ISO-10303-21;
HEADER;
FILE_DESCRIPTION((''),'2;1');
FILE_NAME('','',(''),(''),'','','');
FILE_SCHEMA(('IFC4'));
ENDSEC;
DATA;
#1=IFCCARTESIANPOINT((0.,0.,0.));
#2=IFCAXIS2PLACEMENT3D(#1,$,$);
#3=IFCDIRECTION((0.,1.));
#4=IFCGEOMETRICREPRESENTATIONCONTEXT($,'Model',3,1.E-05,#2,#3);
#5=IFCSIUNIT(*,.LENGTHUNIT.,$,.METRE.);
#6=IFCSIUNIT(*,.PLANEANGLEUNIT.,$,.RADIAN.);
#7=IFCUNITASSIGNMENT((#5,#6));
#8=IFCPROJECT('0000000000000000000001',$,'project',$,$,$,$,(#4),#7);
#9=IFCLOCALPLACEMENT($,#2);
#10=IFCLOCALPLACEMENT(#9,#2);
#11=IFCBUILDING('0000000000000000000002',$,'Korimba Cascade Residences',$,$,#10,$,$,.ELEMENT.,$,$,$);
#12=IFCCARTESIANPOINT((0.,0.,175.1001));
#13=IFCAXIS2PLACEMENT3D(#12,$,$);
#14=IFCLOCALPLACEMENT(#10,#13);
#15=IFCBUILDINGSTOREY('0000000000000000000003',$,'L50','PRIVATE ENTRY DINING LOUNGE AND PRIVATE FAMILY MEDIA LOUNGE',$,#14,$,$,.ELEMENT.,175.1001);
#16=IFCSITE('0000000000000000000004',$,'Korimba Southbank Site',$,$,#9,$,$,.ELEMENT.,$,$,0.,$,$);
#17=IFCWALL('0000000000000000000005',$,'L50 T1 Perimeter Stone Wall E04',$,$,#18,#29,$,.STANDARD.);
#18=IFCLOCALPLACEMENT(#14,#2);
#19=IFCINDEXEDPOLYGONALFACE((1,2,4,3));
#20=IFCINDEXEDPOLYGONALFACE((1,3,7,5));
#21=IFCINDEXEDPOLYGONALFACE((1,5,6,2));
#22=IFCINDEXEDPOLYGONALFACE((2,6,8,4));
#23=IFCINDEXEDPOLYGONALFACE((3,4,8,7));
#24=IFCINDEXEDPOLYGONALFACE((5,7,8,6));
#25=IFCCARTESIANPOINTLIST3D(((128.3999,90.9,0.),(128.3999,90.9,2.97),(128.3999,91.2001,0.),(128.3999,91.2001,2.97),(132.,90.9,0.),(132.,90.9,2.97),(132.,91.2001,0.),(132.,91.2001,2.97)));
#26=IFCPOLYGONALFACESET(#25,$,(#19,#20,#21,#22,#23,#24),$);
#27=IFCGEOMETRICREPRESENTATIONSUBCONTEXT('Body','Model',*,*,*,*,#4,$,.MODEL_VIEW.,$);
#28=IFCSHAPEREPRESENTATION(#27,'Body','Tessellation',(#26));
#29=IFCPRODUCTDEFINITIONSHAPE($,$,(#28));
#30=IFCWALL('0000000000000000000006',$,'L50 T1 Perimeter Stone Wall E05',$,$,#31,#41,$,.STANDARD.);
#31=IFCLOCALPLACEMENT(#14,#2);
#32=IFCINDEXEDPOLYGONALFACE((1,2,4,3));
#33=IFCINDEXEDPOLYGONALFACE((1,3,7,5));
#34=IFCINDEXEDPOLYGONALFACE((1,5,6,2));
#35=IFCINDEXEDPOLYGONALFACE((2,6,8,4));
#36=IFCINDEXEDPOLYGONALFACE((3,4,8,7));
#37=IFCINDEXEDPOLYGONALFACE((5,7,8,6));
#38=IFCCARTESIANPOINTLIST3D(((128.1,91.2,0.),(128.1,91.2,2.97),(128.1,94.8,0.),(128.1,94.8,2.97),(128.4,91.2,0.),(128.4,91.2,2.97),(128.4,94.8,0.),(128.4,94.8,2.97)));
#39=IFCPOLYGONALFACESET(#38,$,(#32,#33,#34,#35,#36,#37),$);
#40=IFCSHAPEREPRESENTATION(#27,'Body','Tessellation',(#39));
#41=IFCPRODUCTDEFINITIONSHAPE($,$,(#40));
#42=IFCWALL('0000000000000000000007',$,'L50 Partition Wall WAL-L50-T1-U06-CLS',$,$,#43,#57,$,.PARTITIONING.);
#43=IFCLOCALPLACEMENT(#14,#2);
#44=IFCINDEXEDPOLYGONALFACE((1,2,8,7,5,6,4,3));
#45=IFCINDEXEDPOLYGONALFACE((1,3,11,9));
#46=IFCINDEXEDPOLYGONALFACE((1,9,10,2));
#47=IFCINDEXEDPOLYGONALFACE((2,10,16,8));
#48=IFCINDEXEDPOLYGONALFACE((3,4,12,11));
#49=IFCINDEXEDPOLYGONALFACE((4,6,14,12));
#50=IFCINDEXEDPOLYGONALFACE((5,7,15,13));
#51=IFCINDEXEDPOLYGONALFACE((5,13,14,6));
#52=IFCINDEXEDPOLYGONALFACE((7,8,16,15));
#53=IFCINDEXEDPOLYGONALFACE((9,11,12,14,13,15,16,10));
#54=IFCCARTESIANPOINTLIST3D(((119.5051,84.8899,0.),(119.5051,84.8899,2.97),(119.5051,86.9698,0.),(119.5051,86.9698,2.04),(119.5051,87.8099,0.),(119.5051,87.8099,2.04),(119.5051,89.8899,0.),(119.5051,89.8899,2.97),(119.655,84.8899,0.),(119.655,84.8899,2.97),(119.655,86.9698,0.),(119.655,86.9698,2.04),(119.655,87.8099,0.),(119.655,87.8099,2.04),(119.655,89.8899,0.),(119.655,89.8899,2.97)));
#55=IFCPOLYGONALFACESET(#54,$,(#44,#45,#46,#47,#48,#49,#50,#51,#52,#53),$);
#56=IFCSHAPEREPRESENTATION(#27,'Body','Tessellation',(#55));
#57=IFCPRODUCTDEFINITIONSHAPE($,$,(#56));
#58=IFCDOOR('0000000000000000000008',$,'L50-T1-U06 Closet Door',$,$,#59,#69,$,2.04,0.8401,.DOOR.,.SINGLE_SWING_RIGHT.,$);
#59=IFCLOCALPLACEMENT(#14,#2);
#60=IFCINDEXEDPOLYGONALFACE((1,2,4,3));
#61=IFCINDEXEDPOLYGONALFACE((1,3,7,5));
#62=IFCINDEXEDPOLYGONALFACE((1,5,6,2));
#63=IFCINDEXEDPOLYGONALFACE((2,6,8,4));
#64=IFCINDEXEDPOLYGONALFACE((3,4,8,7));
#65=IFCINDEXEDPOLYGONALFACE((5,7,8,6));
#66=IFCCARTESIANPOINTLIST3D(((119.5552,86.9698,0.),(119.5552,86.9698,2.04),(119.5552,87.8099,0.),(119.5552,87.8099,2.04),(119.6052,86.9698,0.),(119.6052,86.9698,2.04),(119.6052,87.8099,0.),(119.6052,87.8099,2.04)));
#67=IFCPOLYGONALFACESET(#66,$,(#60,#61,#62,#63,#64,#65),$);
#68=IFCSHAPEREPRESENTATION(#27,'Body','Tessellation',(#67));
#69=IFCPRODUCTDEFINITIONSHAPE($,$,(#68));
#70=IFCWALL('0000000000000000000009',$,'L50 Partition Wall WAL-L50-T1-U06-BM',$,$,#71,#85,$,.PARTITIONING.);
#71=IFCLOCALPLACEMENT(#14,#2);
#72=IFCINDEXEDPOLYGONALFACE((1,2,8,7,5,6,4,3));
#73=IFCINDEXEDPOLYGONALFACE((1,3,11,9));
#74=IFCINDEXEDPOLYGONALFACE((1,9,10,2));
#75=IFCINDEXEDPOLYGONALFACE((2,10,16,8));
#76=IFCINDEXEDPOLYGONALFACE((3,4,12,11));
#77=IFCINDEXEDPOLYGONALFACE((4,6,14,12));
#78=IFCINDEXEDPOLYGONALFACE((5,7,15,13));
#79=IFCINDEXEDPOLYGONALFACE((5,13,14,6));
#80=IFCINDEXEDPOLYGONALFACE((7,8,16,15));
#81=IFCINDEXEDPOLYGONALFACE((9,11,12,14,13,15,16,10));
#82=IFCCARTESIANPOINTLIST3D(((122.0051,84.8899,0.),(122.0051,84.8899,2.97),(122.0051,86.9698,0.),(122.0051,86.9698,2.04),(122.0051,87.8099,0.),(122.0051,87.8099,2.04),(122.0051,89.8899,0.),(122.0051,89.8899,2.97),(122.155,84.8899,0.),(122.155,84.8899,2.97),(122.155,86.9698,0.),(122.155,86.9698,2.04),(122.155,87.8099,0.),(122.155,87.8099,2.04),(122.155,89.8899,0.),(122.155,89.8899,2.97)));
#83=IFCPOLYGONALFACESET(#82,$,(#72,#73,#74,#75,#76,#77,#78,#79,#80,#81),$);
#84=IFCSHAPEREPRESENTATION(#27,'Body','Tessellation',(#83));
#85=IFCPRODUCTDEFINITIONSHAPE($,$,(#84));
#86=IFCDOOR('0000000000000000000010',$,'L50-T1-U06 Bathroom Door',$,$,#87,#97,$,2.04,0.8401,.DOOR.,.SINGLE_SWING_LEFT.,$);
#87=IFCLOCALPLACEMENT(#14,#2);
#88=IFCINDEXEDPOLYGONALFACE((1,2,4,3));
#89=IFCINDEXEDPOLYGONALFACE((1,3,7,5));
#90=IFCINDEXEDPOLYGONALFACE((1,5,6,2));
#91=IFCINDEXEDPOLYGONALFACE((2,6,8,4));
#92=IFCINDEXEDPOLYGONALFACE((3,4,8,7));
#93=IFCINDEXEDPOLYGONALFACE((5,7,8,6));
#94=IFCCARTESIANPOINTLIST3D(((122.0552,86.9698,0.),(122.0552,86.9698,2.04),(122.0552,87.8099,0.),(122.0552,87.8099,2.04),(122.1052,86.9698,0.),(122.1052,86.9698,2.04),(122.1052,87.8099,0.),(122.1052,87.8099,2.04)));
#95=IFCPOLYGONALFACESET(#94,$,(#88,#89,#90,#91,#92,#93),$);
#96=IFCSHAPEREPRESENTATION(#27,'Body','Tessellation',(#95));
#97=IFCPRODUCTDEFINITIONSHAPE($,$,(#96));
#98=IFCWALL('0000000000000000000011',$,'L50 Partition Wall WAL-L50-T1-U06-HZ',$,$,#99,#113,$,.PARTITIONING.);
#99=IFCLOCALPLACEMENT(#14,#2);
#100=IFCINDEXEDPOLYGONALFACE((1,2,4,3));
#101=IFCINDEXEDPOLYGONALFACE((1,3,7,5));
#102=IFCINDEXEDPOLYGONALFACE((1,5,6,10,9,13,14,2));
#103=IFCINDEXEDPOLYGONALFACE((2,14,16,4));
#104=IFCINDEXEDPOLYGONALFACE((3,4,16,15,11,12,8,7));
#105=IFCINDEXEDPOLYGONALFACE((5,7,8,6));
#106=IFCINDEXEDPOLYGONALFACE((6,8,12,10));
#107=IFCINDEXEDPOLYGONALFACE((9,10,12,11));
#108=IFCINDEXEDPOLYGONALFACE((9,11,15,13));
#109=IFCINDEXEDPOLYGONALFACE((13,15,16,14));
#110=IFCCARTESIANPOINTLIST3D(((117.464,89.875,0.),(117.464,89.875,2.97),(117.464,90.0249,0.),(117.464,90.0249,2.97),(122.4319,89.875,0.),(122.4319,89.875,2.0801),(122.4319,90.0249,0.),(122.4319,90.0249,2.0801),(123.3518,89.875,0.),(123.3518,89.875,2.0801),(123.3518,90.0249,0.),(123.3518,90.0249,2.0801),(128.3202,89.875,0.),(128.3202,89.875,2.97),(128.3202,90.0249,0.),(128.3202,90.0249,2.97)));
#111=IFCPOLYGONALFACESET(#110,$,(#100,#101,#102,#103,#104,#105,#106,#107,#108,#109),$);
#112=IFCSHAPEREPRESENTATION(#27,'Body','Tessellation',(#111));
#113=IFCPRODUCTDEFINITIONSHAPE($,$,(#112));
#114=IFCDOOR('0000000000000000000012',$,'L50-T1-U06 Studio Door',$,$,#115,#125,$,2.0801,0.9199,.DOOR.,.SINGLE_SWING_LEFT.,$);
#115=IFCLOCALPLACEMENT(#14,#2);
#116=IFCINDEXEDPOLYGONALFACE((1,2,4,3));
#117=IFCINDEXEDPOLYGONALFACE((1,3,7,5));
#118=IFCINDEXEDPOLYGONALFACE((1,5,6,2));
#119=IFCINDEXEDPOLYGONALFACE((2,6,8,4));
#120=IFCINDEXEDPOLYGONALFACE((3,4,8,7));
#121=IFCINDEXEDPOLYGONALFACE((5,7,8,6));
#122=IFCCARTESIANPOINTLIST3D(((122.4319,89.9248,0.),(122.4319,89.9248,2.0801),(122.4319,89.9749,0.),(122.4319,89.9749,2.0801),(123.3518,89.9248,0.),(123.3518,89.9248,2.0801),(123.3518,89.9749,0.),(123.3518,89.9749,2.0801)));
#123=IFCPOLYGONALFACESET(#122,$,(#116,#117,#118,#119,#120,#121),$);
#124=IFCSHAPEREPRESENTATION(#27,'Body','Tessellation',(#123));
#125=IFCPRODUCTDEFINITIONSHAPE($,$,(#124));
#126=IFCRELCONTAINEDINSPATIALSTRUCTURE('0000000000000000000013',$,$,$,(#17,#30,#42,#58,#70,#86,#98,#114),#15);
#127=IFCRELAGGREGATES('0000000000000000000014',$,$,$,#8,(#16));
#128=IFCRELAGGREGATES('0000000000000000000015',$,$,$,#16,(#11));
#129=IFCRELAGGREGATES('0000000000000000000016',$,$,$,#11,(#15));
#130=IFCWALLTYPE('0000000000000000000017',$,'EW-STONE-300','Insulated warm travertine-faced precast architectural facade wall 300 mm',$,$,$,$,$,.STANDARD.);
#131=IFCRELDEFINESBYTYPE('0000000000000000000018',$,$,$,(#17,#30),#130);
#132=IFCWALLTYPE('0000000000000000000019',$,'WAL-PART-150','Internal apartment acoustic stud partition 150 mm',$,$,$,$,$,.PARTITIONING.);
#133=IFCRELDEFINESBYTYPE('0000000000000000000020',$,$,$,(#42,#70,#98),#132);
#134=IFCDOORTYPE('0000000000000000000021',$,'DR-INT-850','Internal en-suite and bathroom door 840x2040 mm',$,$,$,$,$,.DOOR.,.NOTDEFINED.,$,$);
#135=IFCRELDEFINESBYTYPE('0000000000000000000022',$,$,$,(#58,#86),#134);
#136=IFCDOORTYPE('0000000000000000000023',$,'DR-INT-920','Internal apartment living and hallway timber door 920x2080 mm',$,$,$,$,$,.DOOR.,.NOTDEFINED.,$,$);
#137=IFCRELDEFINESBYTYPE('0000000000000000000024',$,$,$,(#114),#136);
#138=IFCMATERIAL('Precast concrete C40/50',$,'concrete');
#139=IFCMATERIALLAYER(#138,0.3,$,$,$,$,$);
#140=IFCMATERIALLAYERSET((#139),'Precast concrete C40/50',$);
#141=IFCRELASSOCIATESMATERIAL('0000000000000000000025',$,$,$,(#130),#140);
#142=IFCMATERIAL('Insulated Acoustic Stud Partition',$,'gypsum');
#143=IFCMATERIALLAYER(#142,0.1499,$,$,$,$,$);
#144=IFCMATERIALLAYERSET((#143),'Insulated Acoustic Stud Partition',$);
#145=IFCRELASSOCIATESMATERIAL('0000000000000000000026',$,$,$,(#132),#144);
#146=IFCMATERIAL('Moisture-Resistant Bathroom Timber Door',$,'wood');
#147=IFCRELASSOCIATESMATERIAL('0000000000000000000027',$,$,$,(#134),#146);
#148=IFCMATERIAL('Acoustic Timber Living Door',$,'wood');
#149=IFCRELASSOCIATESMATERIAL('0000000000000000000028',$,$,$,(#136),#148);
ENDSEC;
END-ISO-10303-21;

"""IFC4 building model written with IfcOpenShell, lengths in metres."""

from ifc_helpers import new_model, si_unit, direction, frame, frame_2d, origin, place, context, subcontext, project, spatial, rectangle, extrude, material, layer, layer_set, type_object, element, fill, save


model = new_model("IFC4")

# Units and contexts
model_context = context("Model", 3, precision=1e-05, world=origin(), true_north=direction((0.0, 1.0)))
body_context = subcontext(model_context, "Body", "Model", "MODEL_VIEW")
ifc_project = project(units=[si_unit("LENGTHUNIT", "METRE"), si_unit("PLANEANGLEUNIT", "RADIAN")], contexts=[model_context])

# Site, building, storey
site_placement = place(None, origin())
site = spatial("IfcSite", under=ifc_project, at=site_placement, Name="Korimba Southbank Site", CompositionType="ELEMENT", RefElevation=0.0)
building_placement = place(site_placement, origin())
building = spatial("IfcBuilding", under=site, at=building_placement, Name="Korimba Cascade Residences", CompositionType="ELEMENT")
storey_placement = place(building_placement, frame((0.0, 0.0, 175.1001)))
storey = spatial("IfcBuildingStorey", under=building, at=storey_placement, Name="L50", Description="PRIVATE ENTRY DINING LOUNGE AND PRIVATE FAMILY MEDIA LOUNGE", CompositionType="ELEMENT", Elevation=175.1001)

# Shared definitions
ifc_material_1 = material(Name="Precast concrete C40/50", Category="concrete")

# Walls
ifc_layer_1 = layer(ifc_material_1, 0.3)
ifc_layer_set_1 = layer_set([ifc_layer_1], Name="Precast concrete C40/50")
wall_type_1 = type_object("IfcWallType", Name="EW-STONE-300", Description="Insulated warm travertine-faced precast architectural facade wall 300 mm", PredefinedType="STANDARD", material=ifc_layer_set_1)
for number, where, z_axis, x_axis, name in (
    (1, (132.0, 91.05, 0.0), (0.0, 0.0, 1.0), (-1.0, 0.0, 0.0), "L50 T1 Perimeter Stone Wall E04"),
    (2, (128.25, 91.2, 0.0), (0.0, 0.0, 1.0), (0.0, 1.0, 0.0), "L50 T1 Perimeter Stone Wall E05"),
):
    element("IfcWall", number, at=place(storey_placement, frame(where, z_axis=z_axis, x_axis=x_axis)), inside=storey, type_object=wall_type_1, Name=name, PredefinedType="STANDARD", context=body_context, shape_type="SweptSolid", body=[
        extrude(rectangle(XDim=3.6001, YDim=0.3, at=frame_2d((1.8, 0.0))), origin(), (0.0, 0.0, 1.0), 2.97),
    ])

# Walls, openings, doors
ifc_material_2 = material(Name="Insulated Acoustic Stud Partition", Category="gypsum")
ifc_layer_2 = layer(ifc_material_2, 0.1499)
ifc_layer_set_2 = layer_set([ifc_layer_2], Name="Insulated Acoustic Stud Partition")
wall_type_2 = type_object("IfcWallType", Name="WAL-PART-150", Description="Internal apartment acoustic stud partition 150 mm", PredefinedType="PARTITIONING", material=ifc_layer_set_2)
wall_1_placement = place(storey_placement, frame((119.5801, 84.8899, 0.0), z_axis=(0.0, 0.0, 1.0), x_axis=(0.0, 1.0, 0.0)))
wall_1 = element("IfcWall", 3, at=wall_1_placement, inside=storey, type_object=wall_type_2, Name="L50 Partition Wall WAL-L50-T1-U06-CLS", PredefinedType="PARTITIONING", context=body_context, shape_type="SweptSolid", body=[
    extrude(rectangle(XDim=5.0, YDim=0.1499, at=frame_2d((2.5, 0.0))), origin(), (0.0, 0.0, 1.0), 2.97),
])
opening_1_placement = place(wall_1_placement, frame((2.0801, 0.0, 0.0)))
opening_1 = element("IfcOpeningElement", 4, at=opening_1_placement, cuts=wall_1, PredefinedType="OPENING", context=body_context, shape_type="SweptSolid", body=[
    extrude(rectangle(XDim=0.8401, YDim=2.04, at=frame_2d((0.4199, 1.02))), frame((0.0, 0.085, 0.0), z_axis=(0.0, -1.0, 0.0), x_axis=(1.0, 0.0, 0.0)), (0.0, 0.0, 1.0), 0.1699),
])
ifc_material_3 = material(Name="Moisture-Resistant Bathroom Timber Door", Category="wood")
door_type_1 = type_object("IfcDoorType", Name="DR-INT-850", Description="Internal en-suite and bathroom door 840x2040 mm", OperationType="NOTDEFINED", PredefinedType="DOOR", material=ifc_material_3)
door_1_placement = place(opening_1_placement, origin())
door_1 = element("IfcDoor", 5, at=door_1_placement, inside=storey, type_object=door_type_1, Name="L50-T1-U06 Closet Door", OperationType="SINGLE_SWING_RIGHT", OverallHeight=2.04, OverallWidth=0.8401, PredefinedType="DOOR", context=body_context, shape_type="SweptSolid", body=[
    extrude(rectangle(XDim=0.8401, YDim=2.04, at=frame_2d((0.4199, 1.02))), frame((0.0, 0.0249, 0.0), z_axis=(0.0, -1.0, 0.0), x_axis=(1.0, 0.0, 0.0)), (0.0, 0.0, 1.0), 0.05),
])
fill(opening_1, door_1)
wall_2_placement = place(storey_placement, frame((122.0801, 84.8899, 0.0), z_axis=(0.0, 0.0, 1.0), x_axis=(0.0, 1.0, 0.0)))
wall_2 = element("IfcWall", 6, at=wall_2_placement, inside=storey, type_object=wall_type_2, Name="L50 Partition Wall WAL-L50-T1-U06-BM", PredefinedType="PARTITIONING", context=body_context, shape_type="SweptSolid", body=[
    extrude(rectangle(XDim=5.0, YDim=0.1499, at=frame_2d((2.5, 0.0))), origin(), (0.0, 0.0, 1.0), 2.97),
])
opening_2_placement = place(wall_2_placement, frame((2.0801, 0.0, 0.0)))
opening_2 = element("IfcOpeningElement", 7, at=opening_2_placement, cuts=wall_2, PredefinedType="OPENING", context=body_context, shape_type="SweptSolid", body=[
    extrude(rectangle(XDim=0.8401, YDim=2.04, at=frame_2d((0.4199, 1.02))), frame((0.0, 0.085, 0.0), z_axis=(0.0, -1.0, 0.0), x_axis=(1.0, 0.0, 0.0)), (0.0, 0.0, 1.0), 0.1699),
])
door_2_placement = place(opening_2_placement, origin())
door_2 = element("IfcDoor", 8, at=door_2_placement, inside=storey, type_object=door_type_1, Name="L50-T1-U06 Bathroom Door", OperationType="SINGLE_SWING_LEFT", OverallHeight=2.04, OverallWidth=0.8401, PredefinedType="DOOR", context=body_context, shape_type="SweptSolid", body=[
    extrude(rectangle(XDim=0.8401, YDim=2.04, at=frame_2d((0.4199, 1.02))), frame((0.0, 0.0249, 0.0), z_axis=(0.0, -1.0, 0.0), x_axis=(1.0, 0.0, 0.0)), (0.0, 0.0, 1.0), 0.05),
])
fill(opening_2, door_2)
wall_3_placement = place(storey_placement, frame((117.4639, 89.95, 0.0), z_axis=(0.0, 0.0, 1.0), x_axis=(1.0, 0.0, 0.0)))
wall_3 = element("IfcWall", 9, at=wall_3_placement, inside=storey, type_object=wall_type_2, Name="L50 Partition Wall WAL-L50-T1-U06-HZ", PredefinedType="PARTITIONING", context=body_context, shape_type="SweptSolid", body=[
    extrude(rectangle(XDim=10.8562, YDim=0.1499, at=frame_2d((5.4282, 0.0))), origin(), (0.0, 0.0, 1.0), 2.97),
])
opening_3_placement = place(wall_3_placement, frame((4.968, 0.0, 0.0)))
opening_3 = element("IfcOpeningElement", 10, at=opening_3_placement, cuts=wall_3, PredefinedType="OPENING", context=body_context, shape_type="SweptSolid", body=[
    extrude(rectangle(XDim=0.9199, YDim=2.0801, at=frame_2d((0.46, 1.04))), frame((0.0, 0.085, 0.0), z_axis=(0.0, -1.0, 0.0), x_axis=(1.0, 0.0, 0.0)), (0.0, 0.0, 1.0), 0.1699),
])
ifc_material_4 = material(Name="Acoustic Timber Living Door", Category="wood")
door_type_2 = type_object("IfcDoorType", Name="DR-INT-920", Description="Internal apartment living and hallway timber door 920x2080 mm", OperationType="NOTDEFINED", PredefinedType="DOOR", material=ifc_material_4)
door_3_placement = place(opening_3_placement, origin())
door_3 = element("IfcDoor", 11, at=door_3_placement, inside=storey, type_object=door_type_2, Name="L50-T1-U06 Studio Door", OperationType="SINGLE_SWING_LEFT", OverallHeight=2.0801, OverallWidth=0.9199, PredefinedType="DOOR", context=body_context, shape_type="SweptSolid", body=[
    extrude(rectangle(XDim=0.9199, YDim=2.0801, at=frame_2d((0.46, 1.04))), frame((0.0, 0.0249, 0.0), z_axis=(0.0, -1.0, 0.0), x_axis=(1.0, 0.0, 0.0)), (0.0, 0.0, 1.0), 0.05),
])
fill(opening_3, door_3)

save(model, "model.ifc")
